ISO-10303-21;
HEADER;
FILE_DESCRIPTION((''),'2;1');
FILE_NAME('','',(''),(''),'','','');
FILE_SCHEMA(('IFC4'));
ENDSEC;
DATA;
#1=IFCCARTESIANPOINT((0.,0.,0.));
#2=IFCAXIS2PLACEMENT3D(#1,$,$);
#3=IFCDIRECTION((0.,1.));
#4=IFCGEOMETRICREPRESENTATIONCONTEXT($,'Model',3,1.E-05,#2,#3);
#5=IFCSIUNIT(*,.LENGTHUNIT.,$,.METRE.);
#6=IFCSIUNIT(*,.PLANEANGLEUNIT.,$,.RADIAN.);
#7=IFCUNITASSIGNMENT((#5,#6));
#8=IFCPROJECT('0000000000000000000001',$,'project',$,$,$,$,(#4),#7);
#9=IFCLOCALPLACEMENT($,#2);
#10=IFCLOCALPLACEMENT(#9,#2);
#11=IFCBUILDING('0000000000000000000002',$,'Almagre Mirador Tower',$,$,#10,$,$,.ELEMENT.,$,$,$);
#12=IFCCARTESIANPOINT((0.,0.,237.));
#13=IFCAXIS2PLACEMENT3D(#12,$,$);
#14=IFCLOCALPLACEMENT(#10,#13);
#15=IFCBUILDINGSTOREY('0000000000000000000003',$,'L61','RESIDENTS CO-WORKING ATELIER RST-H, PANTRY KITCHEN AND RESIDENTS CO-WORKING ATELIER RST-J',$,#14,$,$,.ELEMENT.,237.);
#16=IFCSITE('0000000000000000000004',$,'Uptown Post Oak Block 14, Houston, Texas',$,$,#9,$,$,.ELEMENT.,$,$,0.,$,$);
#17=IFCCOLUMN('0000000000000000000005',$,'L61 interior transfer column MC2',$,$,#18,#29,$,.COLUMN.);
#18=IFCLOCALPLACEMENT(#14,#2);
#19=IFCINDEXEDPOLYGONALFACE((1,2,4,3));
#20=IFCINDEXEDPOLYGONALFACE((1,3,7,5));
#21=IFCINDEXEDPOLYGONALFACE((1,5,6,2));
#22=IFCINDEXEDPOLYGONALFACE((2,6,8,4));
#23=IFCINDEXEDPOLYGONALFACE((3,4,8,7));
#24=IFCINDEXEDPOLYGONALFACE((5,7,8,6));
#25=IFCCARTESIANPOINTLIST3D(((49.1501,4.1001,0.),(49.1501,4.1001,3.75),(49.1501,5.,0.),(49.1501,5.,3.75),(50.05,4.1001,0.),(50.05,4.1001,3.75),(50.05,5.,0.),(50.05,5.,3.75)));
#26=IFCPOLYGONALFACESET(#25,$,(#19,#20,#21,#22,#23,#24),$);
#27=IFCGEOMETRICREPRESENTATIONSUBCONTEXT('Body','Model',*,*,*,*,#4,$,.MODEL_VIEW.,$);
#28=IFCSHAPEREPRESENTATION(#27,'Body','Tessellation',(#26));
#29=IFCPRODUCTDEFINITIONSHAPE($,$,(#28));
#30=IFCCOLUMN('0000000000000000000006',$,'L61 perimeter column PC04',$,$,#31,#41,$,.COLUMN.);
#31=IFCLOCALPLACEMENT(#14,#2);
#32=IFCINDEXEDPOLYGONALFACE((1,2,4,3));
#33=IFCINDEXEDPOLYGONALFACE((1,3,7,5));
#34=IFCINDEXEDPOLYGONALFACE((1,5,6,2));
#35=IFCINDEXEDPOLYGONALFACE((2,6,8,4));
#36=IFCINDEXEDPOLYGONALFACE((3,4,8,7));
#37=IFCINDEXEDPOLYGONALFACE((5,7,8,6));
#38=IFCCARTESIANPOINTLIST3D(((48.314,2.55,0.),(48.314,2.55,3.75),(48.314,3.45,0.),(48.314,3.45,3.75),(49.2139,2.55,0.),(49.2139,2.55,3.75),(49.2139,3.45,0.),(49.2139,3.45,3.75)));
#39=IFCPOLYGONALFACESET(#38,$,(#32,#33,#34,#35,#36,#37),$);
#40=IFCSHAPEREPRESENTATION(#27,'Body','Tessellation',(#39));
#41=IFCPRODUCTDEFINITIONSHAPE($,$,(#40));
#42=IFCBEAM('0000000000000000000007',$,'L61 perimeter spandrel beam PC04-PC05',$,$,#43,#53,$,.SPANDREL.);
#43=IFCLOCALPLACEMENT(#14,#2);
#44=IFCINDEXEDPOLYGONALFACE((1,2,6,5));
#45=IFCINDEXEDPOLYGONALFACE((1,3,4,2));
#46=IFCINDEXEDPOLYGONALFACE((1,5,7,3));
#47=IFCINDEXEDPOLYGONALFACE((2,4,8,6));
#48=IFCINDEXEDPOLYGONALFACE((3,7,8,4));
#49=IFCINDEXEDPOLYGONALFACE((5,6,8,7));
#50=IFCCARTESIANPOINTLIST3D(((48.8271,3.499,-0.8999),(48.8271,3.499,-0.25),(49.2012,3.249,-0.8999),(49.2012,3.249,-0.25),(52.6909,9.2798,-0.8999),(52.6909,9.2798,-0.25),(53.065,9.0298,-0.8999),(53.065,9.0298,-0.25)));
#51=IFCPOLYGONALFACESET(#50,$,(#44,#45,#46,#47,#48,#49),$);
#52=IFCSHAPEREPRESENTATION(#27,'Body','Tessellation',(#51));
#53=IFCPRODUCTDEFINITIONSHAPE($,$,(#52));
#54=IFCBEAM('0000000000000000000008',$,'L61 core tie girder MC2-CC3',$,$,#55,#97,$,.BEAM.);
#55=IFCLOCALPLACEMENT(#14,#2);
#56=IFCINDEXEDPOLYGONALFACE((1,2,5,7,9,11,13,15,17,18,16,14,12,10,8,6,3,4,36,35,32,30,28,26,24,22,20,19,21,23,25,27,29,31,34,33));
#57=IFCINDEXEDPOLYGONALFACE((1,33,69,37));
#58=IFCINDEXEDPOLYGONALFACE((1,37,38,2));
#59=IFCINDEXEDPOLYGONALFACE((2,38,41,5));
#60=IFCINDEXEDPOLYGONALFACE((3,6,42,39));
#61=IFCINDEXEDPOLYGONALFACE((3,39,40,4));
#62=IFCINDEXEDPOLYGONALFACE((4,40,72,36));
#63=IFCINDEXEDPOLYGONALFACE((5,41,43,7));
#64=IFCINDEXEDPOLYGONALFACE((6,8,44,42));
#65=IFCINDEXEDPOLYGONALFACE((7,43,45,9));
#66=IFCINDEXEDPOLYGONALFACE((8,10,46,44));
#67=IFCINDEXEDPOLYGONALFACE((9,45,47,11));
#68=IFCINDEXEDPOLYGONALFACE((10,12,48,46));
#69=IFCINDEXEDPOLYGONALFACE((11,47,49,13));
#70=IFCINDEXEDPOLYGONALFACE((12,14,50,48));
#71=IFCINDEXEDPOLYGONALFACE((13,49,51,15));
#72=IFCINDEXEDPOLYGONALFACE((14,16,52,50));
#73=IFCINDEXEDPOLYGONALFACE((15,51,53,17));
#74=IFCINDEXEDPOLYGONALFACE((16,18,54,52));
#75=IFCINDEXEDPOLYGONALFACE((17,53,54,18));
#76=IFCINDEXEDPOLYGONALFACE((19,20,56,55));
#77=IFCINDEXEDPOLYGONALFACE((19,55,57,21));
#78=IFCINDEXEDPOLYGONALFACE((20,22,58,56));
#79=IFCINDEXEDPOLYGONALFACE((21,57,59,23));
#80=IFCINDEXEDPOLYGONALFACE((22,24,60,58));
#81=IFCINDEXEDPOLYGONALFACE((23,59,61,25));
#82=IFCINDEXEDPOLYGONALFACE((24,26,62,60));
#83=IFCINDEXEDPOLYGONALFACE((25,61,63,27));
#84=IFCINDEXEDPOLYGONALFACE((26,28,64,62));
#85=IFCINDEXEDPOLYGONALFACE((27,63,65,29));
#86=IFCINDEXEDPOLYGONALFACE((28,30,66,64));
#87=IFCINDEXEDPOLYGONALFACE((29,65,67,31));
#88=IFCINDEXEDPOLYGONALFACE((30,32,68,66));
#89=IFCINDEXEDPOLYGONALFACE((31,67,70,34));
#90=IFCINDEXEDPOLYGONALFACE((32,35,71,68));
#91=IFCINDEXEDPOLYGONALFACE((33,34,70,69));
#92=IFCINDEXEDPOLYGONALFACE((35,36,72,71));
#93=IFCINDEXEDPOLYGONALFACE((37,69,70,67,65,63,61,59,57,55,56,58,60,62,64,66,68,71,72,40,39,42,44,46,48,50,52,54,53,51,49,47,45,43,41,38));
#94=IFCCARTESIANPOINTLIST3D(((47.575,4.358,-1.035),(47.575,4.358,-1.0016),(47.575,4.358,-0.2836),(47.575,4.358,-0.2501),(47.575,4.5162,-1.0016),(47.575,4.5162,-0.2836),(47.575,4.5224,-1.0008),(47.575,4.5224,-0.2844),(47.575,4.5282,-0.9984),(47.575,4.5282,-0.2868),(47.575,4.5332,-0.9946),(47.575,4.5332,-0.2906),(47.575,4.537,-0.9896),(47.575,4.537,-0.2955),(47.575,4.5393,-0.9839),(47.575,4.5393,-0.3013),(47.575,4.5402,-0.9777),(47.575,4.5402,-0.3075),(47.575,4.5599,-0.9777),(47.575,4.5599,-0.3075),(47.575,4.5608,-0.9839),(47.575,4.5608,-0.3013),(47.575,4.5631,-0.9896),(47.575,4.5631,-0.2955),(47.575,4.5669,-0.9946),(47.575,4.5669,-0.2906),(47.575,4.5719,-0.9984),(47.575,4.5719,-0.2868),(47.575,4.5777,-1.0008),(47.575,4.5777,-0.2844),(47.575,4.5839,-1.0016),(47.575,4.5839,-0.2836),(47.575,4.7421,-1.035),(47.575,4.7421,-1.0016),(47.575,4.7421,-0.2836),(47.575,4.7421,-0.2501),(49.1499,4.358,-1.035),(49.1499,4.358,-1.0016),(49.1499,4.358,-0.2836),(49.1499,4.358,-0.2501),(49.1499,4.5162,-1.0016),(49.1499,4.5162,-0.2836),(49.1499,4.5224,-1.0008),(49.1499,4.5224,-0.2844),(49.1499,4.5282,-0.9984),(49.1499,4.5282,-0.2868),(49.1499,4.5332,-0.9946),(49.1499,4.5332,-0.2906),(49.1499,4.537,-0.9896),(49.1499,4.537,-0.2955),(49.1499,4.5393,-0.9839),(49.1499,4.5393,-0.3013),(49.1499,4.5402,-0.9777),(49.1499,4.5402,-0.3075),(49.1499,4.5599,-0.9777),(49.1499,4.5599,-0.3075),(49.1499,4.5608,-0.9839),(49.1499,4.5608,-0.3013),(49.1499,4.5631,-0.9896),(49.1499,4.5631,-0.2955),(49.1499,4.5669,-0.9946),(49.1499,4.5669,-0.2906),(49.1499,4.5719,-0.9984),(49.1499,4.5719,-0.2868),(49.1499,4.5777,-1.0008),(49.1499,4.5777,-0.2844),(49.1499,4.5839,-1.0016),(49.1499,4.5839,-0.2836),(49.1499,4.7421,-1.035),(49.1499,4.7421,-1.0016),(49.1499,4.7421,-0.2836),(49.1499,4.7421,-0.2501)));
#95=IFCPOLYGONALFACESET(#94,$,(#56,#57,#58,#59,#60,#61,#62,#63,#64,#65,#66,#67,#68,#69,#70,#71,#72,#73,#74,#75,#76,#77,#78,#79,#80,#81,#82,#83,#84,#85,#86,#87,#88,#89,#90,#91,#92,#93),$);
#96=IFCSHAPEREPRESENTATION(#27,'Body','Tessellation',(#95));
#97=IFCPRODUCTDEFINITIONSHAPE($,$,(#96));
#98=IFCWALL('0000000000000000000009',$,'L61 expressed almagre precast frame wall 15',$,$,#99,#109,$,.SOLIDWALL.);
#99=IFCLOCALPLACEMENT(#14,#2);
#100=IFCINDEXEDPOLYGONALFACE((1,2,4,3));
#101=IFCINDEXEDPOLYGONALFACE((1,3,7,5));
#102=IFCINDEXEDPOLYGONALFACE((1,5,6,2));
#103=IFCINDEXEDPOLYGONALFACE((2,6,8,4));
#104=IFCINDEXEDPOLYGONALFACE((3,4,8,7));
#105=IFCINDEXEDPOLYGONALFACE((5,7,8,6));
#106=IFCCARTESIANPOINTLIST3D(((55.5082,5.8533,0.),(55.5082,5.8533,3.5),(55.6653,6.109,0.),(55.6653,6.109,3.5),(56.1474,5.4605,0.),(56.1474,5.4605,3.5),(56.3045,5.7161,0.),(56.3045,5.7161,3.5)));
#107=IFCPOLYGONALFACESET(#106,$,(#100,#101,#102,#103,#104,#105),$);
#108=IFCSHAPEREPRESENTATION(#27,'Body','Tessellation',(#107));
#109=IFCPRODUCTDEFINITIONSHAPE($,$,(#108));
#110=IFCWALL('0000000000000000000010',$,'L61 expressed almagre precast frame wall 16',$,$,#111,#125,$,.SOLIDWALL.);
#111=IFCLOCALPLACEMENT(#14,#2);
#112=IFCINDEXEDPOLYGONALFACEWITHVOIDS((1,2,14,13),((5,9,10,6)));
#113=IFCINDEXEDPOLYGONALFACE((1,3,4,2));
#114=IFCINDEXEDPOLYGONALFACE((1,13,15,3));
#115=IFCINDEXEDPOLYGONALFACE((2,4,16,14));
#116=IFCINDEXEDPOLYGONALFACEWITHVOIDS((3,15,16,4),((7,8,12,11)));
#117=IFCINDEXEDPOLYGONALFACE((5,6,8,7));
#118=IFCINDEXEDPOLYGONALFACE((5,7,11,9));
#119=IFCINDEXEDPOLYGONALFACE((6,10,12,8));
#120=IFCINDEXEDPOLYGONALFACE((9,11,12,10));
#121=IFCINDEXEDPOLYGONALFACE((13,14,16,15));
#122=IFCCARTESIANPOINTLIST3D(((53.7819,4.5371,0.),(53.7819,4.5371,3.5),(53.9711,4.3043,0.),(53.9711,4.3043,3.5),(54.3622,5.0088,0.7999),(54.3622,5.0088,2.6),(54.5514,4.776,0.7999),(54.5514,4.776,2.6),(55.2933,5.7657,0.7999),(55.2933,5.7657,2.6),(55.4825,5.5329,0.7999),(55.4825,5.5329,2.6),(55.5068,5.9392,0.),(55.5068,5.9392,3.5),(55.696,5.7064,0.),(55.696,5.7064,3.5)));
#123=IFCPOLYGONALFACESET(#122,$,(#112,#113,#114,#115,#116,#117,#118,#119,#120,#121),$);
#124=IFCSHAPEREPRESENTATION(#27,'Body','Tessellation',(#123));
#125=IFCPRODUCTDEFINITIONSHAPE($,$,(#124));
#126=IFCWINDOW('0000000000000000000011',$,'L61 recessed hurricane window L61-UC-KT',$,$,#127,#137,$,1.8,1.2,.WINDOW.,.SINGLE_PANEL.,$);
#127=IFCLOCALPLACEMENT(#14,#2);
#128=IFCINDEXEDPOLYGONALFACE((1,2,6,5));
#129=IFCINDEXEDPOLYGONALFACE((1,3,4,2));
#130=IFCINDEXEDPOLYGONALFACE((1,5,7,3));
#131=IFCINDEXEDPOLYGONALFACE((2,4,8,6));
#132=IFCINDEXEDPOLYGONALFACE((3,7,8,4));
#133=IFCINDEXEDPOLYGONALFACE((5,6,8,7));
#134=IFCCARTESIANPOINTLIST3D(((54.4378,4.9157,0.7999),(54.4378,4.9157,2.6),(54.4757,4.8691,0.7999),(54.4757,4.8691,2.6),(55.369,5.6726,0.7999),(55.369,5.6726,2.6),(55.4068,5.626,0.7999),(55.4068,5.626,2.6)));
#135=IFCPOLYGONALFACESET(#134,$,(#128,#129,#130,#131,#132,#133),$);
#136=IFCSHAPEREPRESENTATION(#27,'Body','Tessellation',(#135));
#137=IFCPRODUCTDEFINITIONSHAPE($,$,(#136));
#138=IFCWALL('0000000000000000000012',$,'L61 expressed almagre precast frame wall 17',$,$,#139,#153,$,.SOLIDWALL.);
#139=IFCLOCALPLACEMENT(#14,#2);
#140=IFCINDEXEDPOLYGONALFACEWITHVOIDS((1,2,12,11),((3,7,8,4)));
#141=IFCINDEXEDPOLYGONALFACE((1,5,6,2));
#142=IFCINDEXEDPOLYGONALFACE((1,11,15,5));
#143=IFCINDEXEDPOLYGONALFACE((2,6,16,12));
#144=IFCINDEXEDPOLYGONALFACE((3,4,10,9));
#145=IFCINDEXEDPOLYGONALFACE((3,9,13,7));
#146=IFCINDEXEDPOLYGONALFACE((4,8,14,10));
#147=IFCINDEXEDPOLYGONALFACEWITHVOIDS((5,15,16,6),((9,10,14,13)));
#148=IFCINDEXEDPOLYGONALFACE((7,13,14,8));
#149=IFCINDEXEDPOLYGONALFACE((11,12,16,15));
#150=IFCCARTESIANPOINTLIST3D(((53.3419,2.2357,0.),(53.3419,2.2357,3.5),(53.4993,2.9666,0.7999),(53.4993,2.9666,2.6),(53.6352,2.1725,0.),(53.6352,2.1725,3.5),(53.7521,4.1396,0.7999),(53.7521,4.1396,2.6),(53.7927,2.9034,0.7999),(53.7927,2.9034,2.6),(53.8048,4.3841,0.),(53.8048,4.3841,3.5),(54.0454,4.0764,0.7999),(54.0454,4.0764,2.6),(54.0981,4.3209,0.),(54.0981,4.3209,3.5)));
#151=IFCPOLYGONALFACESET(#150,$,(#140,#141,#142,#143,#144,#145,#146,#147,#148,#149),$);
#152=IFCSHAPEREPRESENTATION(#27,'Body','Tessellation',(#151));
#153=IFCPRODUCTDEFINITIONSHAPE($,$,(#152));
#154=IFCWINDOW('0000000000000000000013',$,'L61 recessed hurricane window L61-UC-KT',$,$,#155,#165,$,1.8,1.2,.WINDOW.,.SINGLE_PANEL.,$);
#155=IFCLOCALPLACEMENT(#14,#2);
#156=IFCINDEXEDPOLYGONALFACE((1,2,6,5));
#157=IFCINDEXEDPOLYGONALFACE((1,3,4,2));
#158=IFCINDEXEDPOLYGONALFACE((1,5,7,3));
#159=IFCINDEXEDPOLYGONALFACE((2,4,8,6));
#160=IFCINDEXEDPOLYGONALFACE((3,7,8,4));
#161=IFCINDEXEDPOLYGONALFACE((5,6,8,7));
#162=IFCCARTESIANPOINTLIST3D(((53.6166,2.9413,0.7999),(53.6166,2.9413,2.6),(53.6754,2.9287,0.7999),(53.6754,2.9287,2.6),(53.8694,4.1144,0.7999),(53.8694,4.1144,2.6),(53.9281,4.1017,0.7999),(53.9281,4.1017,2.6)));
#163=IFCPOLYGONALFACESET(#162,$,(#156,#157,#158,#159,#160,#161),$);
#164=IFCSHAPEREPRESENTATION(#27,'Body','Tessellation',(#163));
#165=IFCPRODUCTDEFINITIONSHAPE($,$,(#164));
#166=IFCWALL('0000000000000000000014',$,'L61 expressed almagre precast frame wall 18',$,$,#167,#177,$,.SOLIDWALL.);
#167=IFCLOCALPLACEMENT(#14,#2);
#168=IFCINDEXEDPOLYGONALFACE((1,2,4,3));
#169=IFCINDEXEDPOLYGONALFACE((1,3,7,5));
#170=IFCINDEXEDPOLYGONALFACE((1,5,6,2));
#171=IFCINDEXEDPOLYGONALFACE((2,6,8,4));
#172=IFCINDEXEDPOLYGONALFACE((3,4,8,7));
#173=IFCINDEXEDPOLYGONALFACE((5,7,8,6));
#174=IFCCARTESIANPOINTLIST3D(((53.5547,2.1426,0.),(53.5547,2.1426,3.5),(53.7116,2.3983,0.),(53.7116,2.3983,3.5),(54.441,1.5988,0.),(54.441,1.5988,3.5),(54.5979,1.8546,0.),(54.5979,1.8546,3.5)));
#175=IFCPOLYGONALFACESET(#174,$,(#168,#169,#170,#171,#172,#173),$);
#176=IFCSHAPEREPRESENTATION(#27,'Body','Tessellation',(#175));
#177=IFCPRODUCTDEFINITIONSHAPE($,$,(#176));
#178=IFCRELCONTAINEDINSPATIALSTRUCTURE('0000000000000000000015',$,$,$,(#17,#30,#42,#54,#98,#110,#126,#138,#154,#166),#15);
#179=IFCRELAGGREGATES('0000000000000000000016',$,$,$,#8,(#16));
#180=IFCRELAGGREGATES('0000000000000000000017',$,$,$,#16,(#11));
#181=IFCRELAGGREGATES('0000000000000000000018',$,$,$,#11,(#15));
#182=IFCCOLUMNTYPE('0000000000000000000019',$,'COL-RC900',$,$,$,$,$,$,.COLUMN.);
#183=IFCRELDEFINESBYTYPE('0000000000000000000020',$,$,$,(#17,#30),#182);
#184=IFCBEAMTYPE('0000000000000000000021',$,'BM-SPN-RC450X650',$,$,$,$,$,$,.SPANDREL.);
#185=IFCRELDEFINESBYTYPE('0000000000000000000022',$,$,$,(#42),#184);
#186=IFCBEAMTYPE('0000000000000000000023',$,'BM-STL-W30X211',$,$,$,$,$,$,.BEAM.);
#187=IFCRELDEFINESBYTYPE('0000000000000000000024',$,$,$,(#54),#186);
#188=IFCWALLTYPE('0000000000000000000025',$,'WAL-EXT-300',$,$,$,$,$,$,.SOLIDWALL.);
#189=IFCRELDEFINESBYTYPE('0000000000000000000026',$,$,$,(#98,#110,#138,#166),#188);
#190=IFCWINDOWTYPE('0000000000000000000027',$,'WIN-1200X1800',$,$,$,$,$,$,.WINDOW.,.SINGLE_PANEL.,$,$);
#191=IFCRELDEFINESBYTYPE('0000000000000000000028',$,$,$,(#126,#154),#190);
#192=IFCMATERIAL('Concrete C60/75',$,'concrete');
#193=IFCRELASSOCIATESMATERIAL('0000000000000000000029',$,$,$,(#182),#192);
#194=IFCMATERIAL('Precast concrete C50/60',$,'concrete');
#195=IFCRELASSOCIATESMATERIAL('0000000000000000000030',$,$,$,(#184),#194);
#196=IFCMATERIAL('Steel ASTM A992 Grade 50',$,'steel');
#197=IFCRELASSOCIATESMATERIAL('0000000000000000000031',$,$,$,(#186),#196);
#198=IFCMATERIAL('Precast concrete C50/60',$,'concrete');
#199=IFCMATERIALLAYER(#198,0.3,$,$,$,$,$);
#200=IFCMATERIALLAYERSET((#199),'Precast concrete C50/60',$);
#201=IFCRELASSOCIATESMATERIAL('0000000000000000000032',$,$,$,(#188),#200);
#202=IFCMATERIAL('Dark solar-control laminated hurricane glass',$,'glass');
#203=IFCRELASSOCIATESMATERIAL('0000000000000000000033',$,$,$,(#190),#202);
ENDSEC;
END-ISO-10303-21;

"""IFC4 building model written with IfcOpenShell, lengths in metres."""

from ifc_helpers import new_model, si_unit, direction, frame, frame_2d, origin, origin_2d, place, context, subcontext, project, spatial, rectangle, i_section, extrude, material, layer, layer_set, material_profile, profile_set, type_object, element, fill, save


model = new_model("IFC4")

# Units and contexts
model_context = context("Model", 3, precision=1e-05, world=origin(), true_north=direction((0.0, 1.0)))
body_context = subcontext(model_context, "Body", "Model", "MODEL_VIEW")
ifc_project = project(units=[si_unit("LENGTHUNIT", "METRE"), si_unit("PLANEANGLEUNIT", "RADIAN")], contexts=[model_context])

# Site, building, storey
site_placement = place(None, origin())
site = spatial("IfcSite", under=ifc_project, at=site_placement, Name="Uptown Post Oak Block 14, Houston, Texas", CompositionType="ELEMENT", RefElevation=0.0)
building_placement = place(site_placement, origin())
building = spatial("IfcBuilding", under=site, at=building_placement, Name="Almagre Mirador Tower", CompositionType="ELEMENT")
storey_placement = place(building_placement, frame((0.0, 0.0, 237.0)))
storey = spatial("IfcBuildingStorey", under=building, at=storey_placement, Name="L61", Description="RESIDENTS CO-WORKING ATELIER RST-H, PANTRY KITCHEN AND RESIDENTS CO-WORKING ATELIER RST-J", CompositionType="ELEMENT", Elevation=237.0)

# Columns
ifc_material_1 = material(Name="Concrete C60/75", Category="concrete")
ifc_material_profile_1 = material_profile(ifc_material_1, rectangle(XDim=0.8999, YDim=0.8999, at=origin_2d()), Name="RC900X900")
ifc_profile_set_1 = profile_set([ifc_material_profile_1], Name="Concrete C60/75")
column_type = type_object("IfcColumnType", Name="COL-RC900", PredefinedType="COLUMN", material=ifc_profile_set_1)
for number, where, z_axis, x_axis, name in (
    (1, (49.6001, 4.55, 0.0), (0.0, 0.0, 1.0), (1.0, 0.0, 0.0), "L61 interior transfer column MC2"),
    (2, (48.7639, 3.0, 0.0), (0.0, 0.0, 1.0), (1.0, 0.0, 0.0), "L61 perimeter column PC04"),
):
    element("IfcColumn", number, at=place(storey_placement, frame(where, z_axis=z_axis, x_axis=x_axis)), inside=storey, type_object=column_type, Name=name, PredefinedType="COLUMN", context=body_context, shape_type="SweptSolid", body=[
        extrude(rectangle(XDim=0.8999, YDim=0.8999, at=origin_2d()), origin(), (0.0, 0.0, 1.0), 3.75),
    ])

# Beams
ifc_material_2 = material(Name="Precast concrete C50/60", Category="concrete")
ifc_material_profile_2 = material_profile(ifc_material_2, rectangle(XDim=0.45, YDim=0.6499, at=origin_2d()), Name="RC450X650")
ifc_profile_set_2 = profile_set([ifc_material_profile_2], Name="Precast concrete C50/60")
beam_type_1 = type_object("IfcBeamType", Name="BM-SPN-RC450X650", PredefinedType="SPANDREL", material=ifc_profile_set_2)
beam_1_placement = place(storey_placement, frame((49.0142, 3.374, -0.575), z_axis=(0.555688, 0.831391, 0.0), x_axis=(-0.831391, 0.555688, 0.0)))
element("IfcBeam", 3, at=beam_1_placement, inside=storey, type_object=beam_type_1, Name="L61 perimeter spandrel beam PC04-PC05", PredefinedType="SPANDREL", context=body_context, shape_type="SweptSolid", body=[
    extrude(rectangle(XDim=0.45, YDim=0.6499, at=origin_2d()), origin(), (0.0, 0.0, 1.0), 6.9531),
])
ifc_material_3 = material(Name="Steel ASTM A992 Grade 50", Category="steel")
ifc_material_profile_3 = material_profile(ifc_material_3, i_section(OverallWidth=0.384, OverallDepth=0.7849, WebThickness=0.0198, FlangeThickness=0.0334, FilletRadius=0.0239, at=origin_2d()), Name="W30X211")
ifc_profile_set_3 = profile_set([ifc_material_profile_3], Name="Steel ASTM A992 Grade 50")
beam_type_2 = type_object("IfcBeamType", Name="BM-STL-W30X211", PredefinedType="BEAM", material=ifc_profile_set_3)
beam_2_placement = place(storey_placement, frame((49.1499, 4.55, -0.6426), z_axis=(-1.0, 0.0, 0.0), x_axis=(0.0, -1.0, 0.0)))
element("IfcBeam", 4, at=beam_2_placement, inside=storey, type_object=beam_type_2, Name="L61 core tie girder MC2-CC3", PredefinedType="BEAM", context=body_context, shape_type="SweptSolid", body=[
    extrude(i_section(OverallWidth=0.384, OverallDepth=0.7849, WebThickness=0.0198, FlangeThickness=0.0334, FilletRadius=0.0239, at=origin_2d()), origin(), (0.0, 0.0, 1.0), 1.575),
])

# Wall
ifc_material_4 = material(Name="Precast concrete C50/60", Category="concrete")
ifc_layer_1 = layer(ifc_material_4, 0.3)
ifc_layer_set_1 = layer_set([ifc_layer_1], Name="Precast concrete C50/60")
wall_type_1 = type_object("IfcWallType", Name="WAL-EXT-300", PredefinedType="SOLIDWALL", material=ifc_layer_set_1)
wall_1_placement = place(storey_placement, frame((56.2258, 5.5884, 0.0), z_axis=(0.0, 0.0, 1.0), x_axis=(-0.85196, 0.523607, 0.0)))
element("IfcWall", 5, at=wall_1_placement, inside=storey, type_object=wall_type_1, Name="L61 expressed almagre precast frame wall 15", PredefinedType="SOLIDWALL", context=body_context, shape_type="SweptSolid", body=[
    extrude(rectangle(XDim=0.7502, YDim=0.3, at=frame_2d((0.375, 0.0))), origin(), (0.0, 0.0, 1.0), 3.5),
])

# Walls, openings, windows
wall_2_placement = place(storey_placement, frame((55.6013, 5.8228, 0.0), z_axis=(0.0, 0.0, 1.0), x_axis=(-0.77597, -0.63077, 0.0)))
wall_2 = element("IfcWall", 6, at=wall_2_placement, inside=storey, type_object=wall_type_1, Name="L61 expressed almagre precast frame wall 16", PredefinedType="SOLIDWALL", context=body_context, shape_type="SweptSolid", body=[
    extrude(rectangle(XDim=2.2229, YDim=0.3, at=frame_2d((1.1113, 0.0))), origin(), (0.0, 0.0, 1.0), 3.5),
])
opening_1_placement = place(wall_2_placement, frame((0.2749, 0.0, 0.8)))
opening_1 = element("IfcOpeningElement", 7, at=opening_1_placement, cuts=wall_2, PredefinedType="OPENING", context=body_context, shape_type="SweptSolid", body=[
    extrude(rectangle(XDim=1.2, YDim=1.8, at=frame_2d((0.6001, 0.8999))), frame((0.0, 0.1599, 0.0), z_axis=(0.0, -1.0, 0.0), x_axis=(1.0, 0.0, 0.0)), (0.0, 0.0, 1.0), 0.32),
])
ifc_material_5 = material(Name="Dark solar-control laminated hurricane glass", Category="glass")
window_type_1 = type_object("IfcWindowType", Name="WIN-1200X1800", PartitioningType="SINGLE_PANEL", PredefinedType="WINDOW", material=ifc_material_5)
window_1_placement = place(opening_1_placement, origin())
window_1 = element("IfcWindow", 8, at=window_1_placement, inside=storey, type_object=window_type_1, Name="L61 recessed hurricane window L61-UC-KT", OverallHeight=1.8, OverallWidth=1.2, PartitioningType="SINGLE_PANEL", PredefinedType="WINDOW", context=body_context, shape_type="SweptSolid", body=[
    extrude(rectangle(XDim=1.2, YDim=1.8, at=frame_2d((0.6001, 0.8999))), frame((0.0, 0.03, 0.0), z_axis=(0.0, -1.0, 0.0), x_axis=(1.0, 0.0, 0.0)), (0.0, 0.0, 1.0), 0.0601),
])
fill(opening_1, window_1)
wall_3_placement = place(storey_placement, frame((53.9514, 4.3525, 0.0), z_axis=(0.0, 0.0, 1.0), x_axis=(-0.210621, -0.977568, 0.0)))
wall_3 = element("IfcWall", 9, at=wall_3_placement, inside=storey, type_object=wall_type_1, Name="L61 expressed almagre precast frame wall 17", PredefinedType="SOLIDWALL", context=body_context, shape_type="SweptSolid", body=[
    extrude(rectangle(XDim=2.1978, YDim=0.3, at=frame_2d((1.0989, 0.0))), origin(), (0.0, 0.0, 1.0), 3.5),
])
opening_2_placement = place(wall_3_placement, frame((0.25, 0.0, 0.8)))
opening_2 = element("IfcOpeningElement", 10, at=opening_2_placement, cuts=wall_3, PredefinedType="OPENING", context=body_context, shape_type="SweptSolid", body=[
    extrude(rectangle(XDim=1.2, YDim=1.8, at=frame_2d((0.6001, 0.8999))), frame((0.0, 0.1599, 0.0), z_axis=(0.0, -1.0, 0.0), x_axis=(1.0, 0.0, 0.0)), (0.0, 0.0, 1.0), 0.32),
])
window_2_placement = place(opening_2_placement, origin())
window_2 = element("IfcWindow", 11, at=window_2_placement, inside=storey, type_object=window_type_1, Name="L61 recessed hurricane window L61-UC-KT", OverallHeight=1.8, OverallWidth=1.2, PartitioningType="SINGLE_PANEL", PredefinedType="WINDOW", context=body_context, shape_type="SweptSolid", body=[
    extrude(rectangle(XDim=1.2, YDim=1.8, at=frame_2d((0.6001, 0.8999))), frame((0.0, 0.03, 0.0), z_axis=(0.0, -1.0, 0.0), x_axis=(1.0, 0.0, 0.0)), (0.0, 0.0, 1.0), 0.0601),
])
fill(opening_2, window_2)

# Wall
wall_4_placement = place(storey_placement, frame((53.6331, 2.2705, 0.0), z_axis=(0.0, 0.0, 1.0), x_axis=(0.852375, -0.522931, 0.0)))
element("IfcWall", 12, at=wall_4_placement, inside=storey, type_object=wall_type_1, Name="L61 expressed almagre precast frame wall 18", PredefinedType="SOLIDWALL", context=body_context, shape_type="SweptSolid", body=[
    extrude(rectangle(XDim=1.0398, YDim=0.3, at=frame_2d((0.52, 0.0))), origin(), (0.0, 0.0, 1.0), 3.5),
])

save(model, "model.ifc")
